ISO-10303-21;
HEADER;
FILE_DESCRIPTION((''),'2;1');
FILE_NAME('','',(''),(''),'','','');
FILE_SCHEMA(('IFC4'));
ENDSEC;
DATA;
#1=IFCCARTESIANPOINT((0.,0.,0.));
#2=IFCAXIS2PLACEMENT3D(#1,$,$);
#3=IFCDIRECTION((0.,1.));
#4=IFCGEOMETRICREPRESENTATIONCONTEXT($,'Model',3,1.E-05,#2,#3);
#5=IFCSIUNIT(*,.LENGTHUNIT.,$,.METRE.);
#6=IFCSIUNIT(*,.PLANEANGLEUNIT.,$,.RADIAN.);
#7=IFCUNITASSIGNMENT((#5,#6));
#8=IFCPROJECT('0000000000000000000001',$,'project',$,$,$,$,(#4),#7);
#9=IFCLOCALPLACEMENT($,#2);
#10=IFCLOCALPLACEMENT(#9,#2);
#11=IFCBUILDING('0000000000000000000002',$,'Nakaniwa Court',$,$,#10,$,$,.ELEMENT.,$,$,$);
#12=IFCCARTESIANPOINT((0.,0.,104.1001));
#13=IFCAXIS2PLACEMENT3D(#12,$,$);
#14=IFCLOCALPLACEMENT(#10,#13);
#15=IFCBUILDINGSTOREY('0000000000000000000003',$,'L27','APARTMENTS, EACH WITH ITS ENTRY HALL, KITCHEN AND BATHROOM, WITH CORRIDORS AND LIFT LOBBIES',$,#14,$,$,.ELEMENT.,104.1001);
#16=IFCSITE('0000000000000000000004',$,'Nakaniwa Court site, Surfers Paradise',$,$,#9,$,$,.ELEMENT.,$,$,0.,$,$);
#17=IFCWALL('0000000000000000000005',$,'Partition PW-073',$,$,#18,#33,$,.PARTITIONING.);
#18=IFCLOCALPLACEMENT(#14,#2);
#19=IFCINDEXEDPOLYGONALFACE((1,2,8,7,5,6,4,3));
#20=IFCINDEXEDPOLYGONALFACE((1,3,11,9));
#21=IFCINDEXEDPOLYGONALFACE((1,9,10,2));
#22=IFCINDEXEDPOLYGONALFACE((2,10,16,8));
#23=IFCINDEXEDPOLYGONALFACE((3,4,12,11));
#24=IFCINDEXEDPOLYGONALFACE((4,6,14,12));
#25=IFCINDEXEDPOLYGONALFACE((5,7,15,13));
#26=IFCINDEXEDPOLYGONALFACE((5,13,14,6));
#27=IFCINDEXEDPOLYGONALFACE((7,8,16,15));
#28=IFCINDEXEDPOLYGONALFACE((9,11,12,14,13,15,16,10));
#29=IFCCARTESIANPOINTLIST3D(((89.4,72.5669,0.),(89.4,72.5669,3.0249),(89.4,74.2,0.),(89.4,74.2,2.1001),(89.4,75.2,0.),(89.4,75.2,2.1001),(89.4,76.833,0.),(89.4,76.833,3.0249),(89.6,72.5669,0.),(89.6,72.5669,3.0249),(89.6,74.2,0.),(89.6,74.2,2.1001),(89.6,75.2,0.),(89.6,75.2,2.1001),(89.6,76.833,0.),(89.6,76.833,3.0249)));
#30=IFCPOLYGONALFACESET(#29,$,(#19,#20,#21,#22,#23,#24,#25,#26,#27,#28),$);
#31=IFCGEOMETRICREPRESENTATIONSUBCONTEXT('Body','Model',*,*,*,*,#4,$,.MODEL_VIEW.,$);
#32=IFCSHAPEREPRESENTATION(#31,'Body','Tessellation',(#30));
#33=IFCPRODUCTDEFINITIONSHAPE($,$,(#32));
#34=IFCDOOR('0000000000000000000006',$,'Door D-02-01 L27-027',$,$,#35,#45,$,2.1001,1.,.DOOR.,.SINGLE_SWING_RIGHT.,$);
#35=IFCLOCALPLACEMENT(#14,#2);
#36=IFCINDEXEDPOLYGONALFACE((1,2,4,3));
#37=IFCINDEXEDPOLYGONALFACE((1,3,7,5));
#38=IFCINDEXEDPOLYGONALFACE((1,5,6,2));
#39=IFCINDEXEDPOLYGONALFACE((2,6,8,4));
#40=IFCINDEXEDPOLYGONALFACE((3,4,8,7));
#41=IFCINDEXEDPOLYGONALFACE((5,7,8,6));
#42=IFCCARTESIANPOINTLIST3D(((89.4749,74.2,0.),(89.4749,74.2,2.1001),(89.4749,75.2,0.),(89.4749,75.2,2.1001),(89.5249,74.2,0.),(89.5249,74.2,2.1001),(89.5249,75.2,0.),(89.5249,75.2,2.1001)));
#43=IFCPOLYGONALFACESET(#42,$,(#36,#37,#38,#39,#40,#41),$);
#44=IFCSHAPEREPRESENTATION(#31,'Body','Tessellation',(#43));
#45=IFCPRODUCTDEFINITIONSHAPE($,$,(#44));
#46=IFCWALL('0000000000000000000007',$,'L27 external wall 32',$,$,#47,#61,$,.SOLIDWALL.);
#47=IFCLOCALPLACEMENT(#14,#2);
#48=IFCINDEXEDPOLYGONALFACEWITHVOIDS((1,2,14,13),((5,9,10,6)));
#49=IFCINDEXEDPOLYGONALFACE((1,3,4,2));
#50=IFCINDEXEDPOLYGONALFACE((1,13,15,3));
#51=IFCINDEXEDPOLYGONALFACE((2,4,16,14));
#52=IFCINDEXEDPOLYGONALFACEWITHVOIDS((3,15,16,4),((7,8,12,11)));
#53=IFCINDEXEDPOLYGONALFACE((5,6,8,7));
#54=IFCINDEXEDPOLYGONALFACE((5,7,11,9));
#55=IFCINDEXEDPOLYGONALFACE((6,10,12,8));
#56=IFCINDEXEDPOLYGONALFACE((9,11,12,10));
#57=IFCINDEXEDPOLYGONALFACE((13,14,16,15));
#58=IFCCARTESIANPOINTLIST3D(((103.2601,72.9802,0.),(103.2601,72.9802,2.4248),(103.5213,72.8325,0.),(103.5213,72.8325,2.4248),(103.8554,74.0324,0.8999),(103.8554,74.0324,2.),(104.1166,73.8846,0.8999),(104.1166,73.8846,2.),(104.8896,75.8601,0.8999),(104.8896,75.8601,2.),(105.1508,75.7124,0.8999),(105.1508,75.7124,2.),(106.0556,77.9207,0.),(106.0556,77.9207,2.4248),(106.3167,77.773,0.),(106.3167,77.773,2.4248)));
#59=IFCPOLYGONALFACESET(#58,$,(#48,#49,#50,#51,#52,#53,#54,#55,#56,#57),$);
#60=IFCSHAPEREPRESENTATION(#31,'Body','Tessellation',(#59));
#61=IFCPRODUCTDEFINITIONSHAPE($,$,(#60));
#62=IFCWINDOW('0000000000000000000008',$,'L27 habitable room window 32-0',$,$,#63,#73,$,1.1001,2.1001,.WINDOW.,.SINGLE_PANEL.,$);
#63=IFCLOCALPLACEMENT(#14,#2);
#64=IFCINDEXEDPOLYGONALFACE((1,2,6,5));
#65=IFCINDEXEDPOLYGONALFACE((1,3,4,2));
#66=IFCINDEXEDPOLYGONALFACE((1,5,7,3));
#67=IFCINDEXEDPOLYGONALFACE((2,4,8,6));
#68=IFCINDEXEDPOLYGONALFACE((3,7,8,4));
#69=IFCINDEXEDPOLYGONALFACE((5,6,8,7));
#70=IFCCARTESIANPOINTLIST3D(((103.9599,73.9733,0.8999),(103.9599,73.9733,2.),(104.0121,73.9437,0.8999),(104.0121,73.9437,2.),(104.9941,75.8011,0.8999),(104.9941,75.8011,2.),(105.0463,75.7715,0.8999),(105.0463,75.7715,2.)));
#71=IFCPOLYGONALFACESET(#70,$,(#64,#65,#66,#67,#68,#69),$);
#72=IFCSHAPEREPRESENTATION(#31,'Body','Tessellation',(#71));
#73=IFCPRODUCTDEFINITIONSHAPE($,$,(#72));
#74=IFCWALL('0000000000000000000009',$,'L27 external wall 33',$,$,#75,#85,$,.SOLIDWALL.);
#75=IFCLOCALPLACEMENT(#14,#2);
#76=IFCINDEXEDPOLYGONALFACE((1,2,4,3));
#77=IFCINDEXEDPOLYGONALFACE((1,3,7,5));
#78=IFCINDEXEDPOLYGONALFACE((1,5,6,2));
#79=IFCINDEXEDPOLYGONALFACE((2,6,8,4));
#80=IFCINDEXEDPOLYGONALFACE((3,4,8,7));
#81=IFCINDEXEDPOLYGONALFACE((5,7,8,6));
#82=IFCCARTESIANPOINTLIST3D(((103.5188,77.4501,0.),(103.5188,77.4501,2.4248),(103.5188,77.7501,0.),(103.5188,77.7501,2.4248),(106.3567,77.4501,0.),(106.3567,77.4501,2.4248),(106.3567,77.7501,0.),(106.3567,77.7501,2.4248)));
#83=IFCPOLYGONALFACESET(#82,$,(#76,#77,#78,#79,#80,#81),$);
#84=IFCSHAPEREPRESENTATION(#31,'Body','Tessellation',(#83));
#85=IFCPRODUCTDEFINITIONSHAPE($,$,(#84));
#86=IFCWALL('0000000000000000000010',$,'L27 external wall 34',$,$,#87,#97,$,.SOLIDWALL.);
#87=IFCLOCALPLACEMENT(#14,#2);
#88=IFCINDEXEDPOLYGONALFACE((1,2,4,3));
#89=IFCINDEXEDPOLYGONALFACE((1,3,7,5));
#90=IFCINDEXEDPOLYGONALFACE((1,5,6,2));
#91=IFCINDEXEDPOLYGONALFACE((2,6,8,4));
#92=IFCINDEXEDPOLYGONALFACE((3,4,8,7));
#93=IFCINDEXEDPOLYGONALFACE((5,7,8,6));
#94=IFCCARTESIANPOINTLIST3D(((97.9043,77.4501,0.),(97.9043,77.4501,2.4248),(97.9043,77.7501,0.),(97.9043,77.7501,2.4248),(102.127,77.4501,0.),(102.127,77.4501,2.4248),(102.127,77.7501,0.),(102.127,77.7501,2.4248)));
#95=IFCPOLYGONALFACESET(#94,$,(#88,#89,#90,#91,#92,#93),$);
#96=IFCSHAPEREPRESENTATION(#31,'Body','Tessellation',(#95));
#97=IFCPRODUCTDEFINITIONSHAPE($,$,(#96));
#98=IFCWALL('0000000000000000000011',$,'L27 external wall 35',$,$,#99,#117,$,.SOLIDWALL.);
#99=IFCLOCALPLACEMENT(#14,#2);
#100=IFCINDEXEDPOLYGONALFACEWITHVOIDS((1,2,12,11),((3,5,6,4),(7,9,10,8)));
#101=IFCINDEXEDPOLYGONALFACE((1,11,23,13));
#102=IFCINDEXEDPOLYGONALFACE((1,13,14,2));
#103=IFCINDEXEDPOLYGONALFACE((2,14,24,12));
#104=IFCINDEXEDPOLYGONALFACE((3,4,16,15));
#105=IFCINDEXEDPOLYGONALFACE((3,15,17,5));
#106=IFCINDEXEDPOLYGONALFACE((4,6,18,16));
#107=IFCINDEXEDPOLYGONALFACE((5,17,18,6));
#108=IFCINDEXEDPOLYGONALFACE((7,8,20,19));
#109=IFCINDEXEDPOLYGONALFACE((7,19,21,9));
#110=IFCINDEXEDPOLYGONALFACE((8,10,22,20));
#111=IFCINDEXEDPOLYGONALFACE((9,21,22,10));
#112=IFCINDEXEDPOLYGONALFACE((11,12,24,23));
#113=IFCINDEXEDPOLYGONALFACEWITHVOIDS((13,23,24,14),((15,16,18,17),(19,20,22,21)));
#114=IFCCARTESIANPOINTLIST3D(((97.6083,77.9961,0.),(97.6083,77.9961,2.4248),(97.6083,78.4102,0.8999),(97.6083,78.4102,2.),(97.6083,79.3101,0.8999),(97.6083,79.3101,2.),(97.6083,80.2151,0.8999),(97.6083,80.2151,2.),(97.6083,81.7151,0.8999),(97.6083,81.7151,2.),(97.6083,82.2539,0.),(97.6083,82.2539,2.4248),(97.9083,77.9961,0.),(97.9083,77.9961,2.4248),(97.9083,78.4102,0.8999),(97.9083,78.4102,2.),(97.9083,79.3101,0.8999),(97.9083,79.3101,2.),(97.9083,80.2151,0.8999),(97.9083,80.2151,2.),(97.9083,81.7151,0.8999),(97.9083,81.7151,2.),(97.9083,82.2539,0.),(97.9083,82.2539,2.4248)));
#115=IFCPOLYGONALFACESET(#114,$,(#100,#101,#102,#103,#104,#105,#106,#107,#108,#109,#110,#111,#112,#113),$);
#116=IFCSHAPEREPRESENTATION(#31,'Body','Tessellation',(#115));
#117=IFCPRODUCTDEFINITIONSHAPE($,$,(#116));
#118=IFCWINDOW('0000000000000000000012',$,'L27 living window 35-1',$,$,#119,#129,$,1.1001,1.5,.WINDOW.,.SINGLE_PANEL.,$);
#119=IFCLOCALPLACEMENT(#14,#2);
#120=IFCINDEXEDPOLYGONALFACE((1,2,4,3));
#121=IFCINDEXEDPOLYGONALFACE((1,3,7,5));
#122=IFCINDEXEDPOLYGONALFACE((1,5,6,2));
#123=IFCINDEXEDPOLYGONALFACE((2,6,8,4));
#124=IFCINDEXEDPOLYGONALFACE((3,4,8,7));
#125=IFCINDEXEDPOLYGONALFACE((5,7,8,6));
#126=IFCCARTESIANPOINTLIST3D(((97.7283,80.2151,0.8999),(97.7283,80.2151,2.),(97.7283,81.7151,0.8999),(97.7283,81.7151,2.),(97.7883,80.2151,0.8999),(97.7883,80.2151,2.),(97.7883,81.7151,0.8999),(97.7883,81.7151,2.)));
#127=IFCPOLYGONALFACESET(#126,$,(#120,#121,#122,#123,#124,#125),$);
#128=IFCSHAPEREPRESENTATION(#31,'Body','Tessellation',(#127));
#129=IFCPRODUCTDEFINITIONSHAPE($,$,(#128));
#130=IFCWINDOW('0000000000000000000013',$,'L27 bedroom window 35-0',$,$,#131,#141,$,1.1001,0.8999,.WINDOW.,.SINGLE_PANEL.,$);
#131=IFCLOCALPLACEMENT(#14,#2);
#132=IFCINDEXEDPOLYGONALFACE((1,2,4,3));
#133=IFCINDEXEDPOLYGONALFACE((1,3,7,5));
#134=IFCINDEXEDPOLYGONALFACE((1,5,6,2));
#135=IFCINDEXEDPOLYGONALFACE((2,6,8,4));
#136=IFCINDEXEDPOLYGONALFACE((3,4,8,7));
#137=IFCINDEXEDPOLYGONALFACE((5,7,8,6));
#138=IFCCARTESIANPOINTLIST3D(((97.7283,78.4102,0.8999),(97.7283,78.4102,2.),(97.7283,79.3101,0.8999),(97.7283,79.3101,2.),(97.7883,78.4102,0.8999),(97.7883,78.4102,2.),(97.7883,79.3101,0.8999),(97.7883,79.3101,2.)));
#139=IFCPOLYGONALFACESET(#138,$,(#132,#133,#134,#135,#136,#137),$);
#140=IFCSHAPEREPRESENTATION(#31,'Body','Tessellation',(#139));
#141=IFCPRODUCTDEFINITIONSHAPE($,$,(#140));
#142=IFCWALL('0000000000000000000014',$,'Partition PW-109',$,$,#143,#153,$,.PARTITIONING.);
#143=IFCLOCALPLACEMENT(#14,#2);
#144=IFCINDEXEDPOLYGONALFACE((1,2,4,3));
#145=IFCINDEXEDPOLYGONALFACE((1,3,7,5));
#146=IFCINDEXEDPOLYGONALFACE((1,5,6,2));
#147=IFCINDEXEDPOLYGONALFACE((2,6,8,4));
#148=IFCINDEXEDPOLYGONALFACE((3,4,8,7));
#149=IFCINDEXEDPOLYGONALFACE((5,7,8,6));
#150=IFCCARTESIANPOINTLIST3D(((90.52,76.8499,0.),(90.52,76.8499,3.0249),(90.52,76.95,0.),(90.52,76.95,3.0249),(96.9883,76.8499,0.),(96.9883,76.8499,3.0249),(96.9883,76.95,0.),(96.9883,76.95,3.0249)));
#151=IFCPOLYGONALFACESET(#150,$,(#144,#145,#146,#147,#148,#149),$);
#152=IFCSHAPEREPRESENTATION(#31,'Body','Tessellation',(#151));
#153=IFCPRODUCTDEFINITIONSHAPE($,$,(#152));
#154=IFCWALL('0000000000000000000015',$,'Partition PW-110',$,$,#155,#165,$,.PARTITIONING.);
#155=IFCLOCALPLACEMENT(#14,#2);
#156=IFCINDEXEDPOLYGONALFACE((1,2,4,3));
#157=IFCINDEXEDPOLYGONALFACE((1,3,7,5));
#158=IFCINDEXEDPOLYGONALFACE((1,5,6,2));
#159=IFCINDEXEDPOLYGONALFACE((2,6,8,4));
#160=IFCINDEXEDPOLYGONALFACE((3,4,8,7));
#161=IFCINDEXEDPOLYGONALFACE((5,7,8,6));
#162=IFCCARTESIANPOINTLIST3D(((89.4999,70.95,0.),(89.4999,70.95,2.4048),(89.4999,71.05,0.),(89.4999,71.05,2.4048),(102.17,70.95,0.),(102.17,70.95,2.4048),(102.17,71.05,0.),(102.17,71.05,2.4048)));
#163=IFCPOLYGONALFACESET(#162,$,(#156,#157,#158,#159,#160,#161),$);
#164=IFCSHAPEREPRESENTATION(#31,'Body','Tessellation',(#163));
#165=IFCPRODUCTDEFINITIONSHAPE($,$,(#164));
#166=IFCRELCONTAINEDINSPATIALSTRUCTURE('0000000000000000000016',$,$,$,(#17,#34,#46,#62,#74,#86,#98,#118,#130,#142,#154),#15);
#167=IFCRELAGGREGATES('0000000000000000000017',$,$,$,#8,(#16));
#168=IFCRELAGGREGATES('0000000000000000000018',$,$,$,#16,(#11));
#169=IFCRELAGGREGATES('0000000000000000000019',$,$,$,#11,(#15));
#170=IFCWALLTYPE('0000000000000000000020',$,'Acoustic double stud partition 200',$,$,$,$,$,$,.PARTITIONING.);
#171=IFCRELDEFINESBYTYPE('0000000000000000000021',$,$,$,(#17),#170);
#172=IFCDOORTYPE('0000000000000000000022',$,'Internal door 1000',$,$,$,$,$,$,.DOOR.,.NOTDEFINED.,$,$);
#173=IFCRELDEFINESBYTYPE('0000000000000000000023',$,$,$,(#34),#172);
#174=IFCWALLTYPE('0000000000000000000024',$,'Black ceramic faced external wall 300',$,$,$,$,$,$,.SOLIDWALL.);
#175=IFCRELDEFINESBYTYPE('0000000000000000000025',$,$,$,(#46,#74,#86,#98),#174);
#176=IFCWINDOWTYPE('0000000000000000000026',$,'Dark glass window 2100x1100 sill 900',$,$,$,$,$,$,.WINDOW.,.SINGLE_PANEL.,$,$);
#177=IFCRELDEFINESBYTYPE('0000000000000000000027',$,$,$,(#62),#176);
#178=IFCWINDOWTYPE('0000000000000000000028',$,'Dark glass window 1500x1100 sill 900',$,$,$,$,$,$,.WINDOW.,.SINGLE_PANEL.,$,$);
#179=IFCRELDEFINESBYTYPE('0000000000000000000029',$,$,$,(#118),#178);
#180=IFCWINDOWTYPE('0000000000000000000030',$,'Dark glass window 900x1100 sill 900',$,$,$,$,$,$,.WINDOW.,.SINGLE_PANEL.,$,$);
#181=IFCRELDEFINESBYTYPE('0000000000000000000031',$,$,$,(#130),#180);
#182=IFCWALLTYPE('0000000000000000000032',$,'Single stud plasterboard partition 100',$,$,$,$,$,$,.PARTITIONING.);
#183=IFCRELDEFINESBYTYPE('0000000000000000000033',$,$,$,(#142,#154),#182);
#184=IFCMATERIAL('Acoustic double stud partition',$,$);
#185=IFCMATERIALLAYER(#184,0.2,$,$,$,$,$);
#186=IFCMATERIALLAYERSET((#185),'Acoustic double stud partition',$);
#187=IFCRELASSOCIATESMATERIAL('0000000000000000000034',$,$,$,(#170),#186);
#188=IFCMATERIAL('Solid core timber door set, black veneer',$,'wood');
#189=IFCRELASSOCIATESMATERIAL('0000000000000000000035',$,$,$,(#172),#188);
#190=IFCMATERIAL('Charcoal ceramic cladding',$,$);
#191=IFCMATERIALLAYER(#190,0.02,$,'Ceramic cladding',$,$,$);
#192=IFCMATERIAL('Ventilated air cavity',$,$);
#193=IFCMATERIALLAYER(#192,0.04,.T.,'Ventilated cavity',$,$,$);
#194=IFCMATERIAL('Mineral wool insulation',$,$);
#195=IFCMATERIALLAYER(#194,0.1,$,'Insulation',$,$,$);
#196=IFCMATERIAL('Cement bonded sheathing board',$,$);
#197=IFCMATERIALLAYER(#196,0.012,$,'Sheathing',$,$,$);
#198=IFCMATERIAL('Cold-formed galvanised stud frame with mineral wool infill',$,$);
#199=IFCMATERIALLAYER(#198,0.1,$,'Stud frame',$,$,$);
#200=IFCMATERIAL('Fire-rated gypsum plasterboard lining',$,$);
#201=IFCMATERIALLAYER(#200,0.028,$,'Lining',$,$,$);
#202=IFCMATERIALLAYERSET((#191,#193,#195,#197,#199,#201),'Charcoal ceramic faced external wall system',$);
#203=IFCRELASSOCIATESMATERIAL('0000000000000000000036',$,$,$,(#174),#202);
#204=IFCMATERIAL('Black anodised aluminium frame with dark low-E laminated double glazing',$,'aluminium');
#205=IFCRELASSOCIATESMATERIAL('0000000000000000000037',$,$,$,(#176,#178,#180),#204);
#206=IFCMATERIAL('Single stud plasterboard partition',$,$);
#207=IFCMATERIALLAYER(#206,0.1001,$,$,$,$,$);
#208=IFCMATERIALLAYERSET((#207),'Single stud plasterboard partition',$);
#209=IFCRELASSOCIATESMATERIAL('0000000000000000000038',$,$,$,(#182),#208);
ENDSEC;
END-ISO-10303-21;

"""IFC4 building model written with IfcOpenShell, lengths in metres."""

from ifc_helpers import new_model, si_unit, direction, frame, frame_2d, origin, place, context, subcontext, project, spatial, rectangle, extrude, material, layer, layer_set, type_object, element, fill, save


model = new_model("IFC4")

# Units and contexts
model_context = context("Model", 3, precision=1e-05, world=origin(), true_north=direction((0.0, 1.0)))
body_context = subcontext(model_context, "Body", "Model", "MODEL_VIEW")
ifc_project = project(units=[si_unit("LENGTHUNIT", "METRE"), si_unit("PLANEANGLEUNIT", "RADIAN")], contexts=[model_context])

# Site, building, storey
site_placement = place(None, origin())
site = spatial("IfcSite", under=ifc_project, at=site_placement, Name="Nakaniwa Court site, Surfers Paradise", CompositionType="ELEMENT", RefElevation=0.0)
building_placement = place(site_placement, origin())
building = spatial("IfcBuilding", under=site, at=building_placement, Name="Nakaniwa Court", CompositionType="ELEMENT")
storey_placement = place(building_placement, frame((0.0, 0.0, 104.1001)))
storey = spatial("IfcBuildingStorey", under=building, at=storey_placement, Name="L27", Description="APARTMENTS, EACH WITH ITS ENTRY HALL, KITCHEN AND BATHROOM, WITH CORRIDORS AND LIFT LOBBIES", CompositionType="ELEMENT", Elevation=104.1001)

# Wall, opening, door
ifc_material_1 = material(Name="Acoustic double stud partition")
ifc_layer_1 = layer(ifc_material_1, 0.2)
ifc_layer_set_1 = layer_set([ifc_layer_1], Name="Acoustic double stud partition")
wall_type_1 = type_object("IfcWallType", Name="Acoustic double stud partition 200", PredefinedType="PARTITIONING", material=ifc_layer_set_1)
ifc_material_2 = material(Name="Solid core timber door set, black veneer", Category="wood")
door_type_1 = type_object("IfcDoorType", Name="Internal door 1000", OperationType="NOTDEFINED", PredefinedType="DOOR", material=ifc_material_2)
wall_1_placement = place(storey_placement, frame((89.5, 76.833, 0.0), z_axis=(0.0, 0.0, 1.0), x_axis=(0.0, -1.0, 0.0)))
wall_1 = element("IfcWall", 1, at=wall_1_placement, inside=storey, type_object=wall_type_1, Name="Partition PW-073", PredefinedType="PARTITIONING", context=body_context, shape_type="SweptSolid", body=[
    extrude(rectangle(XDim=4.2661, YDim=0.2, at=frame_2d((2.1331, 0.0))), origin(), (0.0, 0.0, 1.0), 3.0249),
])
opening_1_placement = place(wall_1_placement, frame((1.6331, 0.0, 0.0)))
opening_1 = element("IfcOpeningElement", 2, at=opening_1_placement, cuts=wall_1, PredefinedType="OPENING", context=body_context, shape_type="SweptSolid", body=[
    extrude(rectangle(XDim=1.0, YDim=2.1001, at=frame_2d((0.5, 1.05))), frame((0.0, 0.1099, 0.0), z_axis=(0.0, -1.0, 0.0), x_axis=(1.0, 0.0, 0.0)), (0.0, 0.0, 1.0), 0.22),
])
door_1_placement = place(opening_1_placement, origin())
door_1 = element("IfcDoor", 3, at=door_1_placement, inside=storey, type_object=door_type_1, Name="Door D-02-01 L27-027", OperationType="SINGLE_SWING_RIGHT", OverallHeight=2.1001, OverallWidth=1.0, PredefinedType="DOOR", context=body_context, shape_type="SweptSolid", body=[
    extrude(rectangle(XDim=1.0, YDim=2.1001, at=frame_2d((0.5, 1.05))), frame((0.0, 0.0249, 0.0), z_axis=(0.0, -1.0, 0.0), x_axis=(1.0, 0.0, 0.0)), (0.0, 0.0, 1.0), 0.05),
])
fill(opening_1, door_1)

# Wall, opening, window
ifc_material_3 = material(Name="Charcoal ceramic cladding")
ifc_layer_2 = layer(ifc_material_3, 0.02, Name="Ceramic cladding")
ifc_material_4 = material(Name="Ventilated air cavity")
ifc_layer_3 = layer(ifc_material_4, 0.04, ventilated=True, Name="Ventilated cavity")
ifc_material_5 = material(Name="Mineral wool insulation")
ifc_layer_4 = layer(ifc_material_5, 0.1, Name="Insulation")
ifc_material_6 = material(Name="Cement bonded sheathing board")
ifc_layer_5 = layer(ifc_material_6, 0.012, Name="Sheathing")
ifc_material_7 = material(Name="Cold-formed galvanised stud frame with mineral wool infill")
ifc_layer_6 = layer(ifc_material_7, 0.1, Name="Stud frame")
ifc_material_8 = material(Name="Fire-rated gypsum plasterboard lining")
ifc_layer_7 = layer(ifc_material_8, 0.028, Name="Lining")
ifc_layer_set_2 = layer_set([ifc_layer_2, ifc_layer_3, ifc_layer_4, ifc_layer_5, ifc_layer_6, ifc_layer_7], Name="Charcoal ceramic faced external wall system")
wall_type_2 = type_object("IfcWallType", Name="Black ceramic faced external wall 300", PredefinedType="SOLIDWALL", material=ifc_layer_set_2)
wall_2_placement = place(storey_placement, frame((103.3906, 72.9062, 0.0), z_axis=(0.0, 0.0, 1.0), x_axis=(0.492457, 0.870337, 0.0)))
wall_2 = element("IfcWall", 4, at=wall_2_placement, inside=storey, type_object=wall_type_2, Name="L27 external wall 32", PredefinedType="SOLIDWALL", context=body_context, shape_type="SweptSolid", body=[
    extrude(rectangle(XDim=5.6765, YDim=0.3, at=frame_2d((2.8384, 0.0))), origin(), (0.0, 0.0, 1.0), 2.4248),
])
opening_2_placement = place(wall_2_placement, frame((1.209, 0.0, 0.8999)))
opening_2 = element("IfcOpeningElement", 5, at=opening_2_placement, cuts=wall_2, PredefinedType="OPENING", context=body_context, shape_type="SweptSolid", body=[
    extrude(rectangle(XDim=2.1001, YDim=1.1001, at=frame_2d((1.05, 0.55))), frame((0.0, 0.1599, 0.0), z_axis=(0.0, -1.0, 0.0), x_axis=(1.0, 0.0, 0.0)), (0.0, 0.0, 1.0), 0.3201),
])
ifc_material_9 = material(Name="Black anodised aluminium frame with dark low-E laminated double glazing", Category="aluminium")
window_type_1 = type_object("IfcWindowType", Name="Dark glass window 2100x1100 sill 900", PartitioningType="SINGLE_PANEL", PredefinedType="WINDOW", material=ifc_material_9)
window_1_placement = place(opening_2_placement, origin())
window_1 = element("IfcWindow", 6, at=window_1_placement, inside=storey, type_object=window_type_1, Name="L27 habitable room window 32-0", OverallHeight=1.1001, OverallWidth=2.1001, PartitioningType="SINGLE_PANEL", PredefinedType="WINDOW", context=body_context, shape_type="SweptSolid", body=[
    extrude(rectangle(XDim=2.1001, YDim=1.1001, at=frame_2d((1.05, 0.55))), frame((0.0, 0.03, 0.0), z_axis=(0.0, -1.0, 0.0), x_axis=(1.0, 0.0, 0.0)), (0.0, 0.0, 1.0), 0.0601),
])
fill(opening_2, window_1)

# Walls
wall_3_placement = place(storey_placement, frame((106.3567, 77.6001, 0.0), z_axis=(0.0, 0.0, 1.0), x_axis=(-1.0, 0.0, 0.0)))
element("IfcWall", 7, at=wall_3_placement, inside=storey, type_object=wall_type_2, Name="L27 external wall 33", PredefinedType="SOLIDWALL", context=body_context, shape_type="SweptSolid", body=[
    extrude(rectangle(XDim=2.8379, YDim=0.3, at=frame_2d((1.4189, 0.0))), origin(), (0.0, 0.0, 1.0), 2.4248),
])
wall_4_placement = place(storey_placement, frame((102.127, 77.6001, 0.0), z_axis=(0.0, 0.0, 1.0), x_axis=(-1.0, 0.0, 0.0)))
element("IfcWall", 8, at=wall_4_placement, inside=storey, type_object=wall_type_2, Name="L27 external wall 34", PredefinedType="SOLIDWALL", context=body_context, shape_type="SweptSolid", body=[
    extrude(rectangle(XDim=4.2227, YDim=0.3, at=frame_2d((2.1113, 0.0))), origin(), (0.0, 0.0, 1.0), 2.4248),
])

# Wall, openings, windows
wall_5_placement = place(storey_placement, frame((97.7583, 77.9961, 0.0), z_axis=(0.0, 0.0, 1.0), x_axis=(0.0, 1.0, 0.0)))
wall_5 = element("IfcWall", 9, at=wall_5_placement, inside=storey, type_object=wall_type_2, Name="L27 external wall 35", PredefinedType="SOLIDWALL", context=body_context, shape_type="SweptSolid", body=[
    extrude(rectangle(XDim=4.2578, YDim=0.3, at=frame_2d((2.1289, 0.0))), origin(), (0.0, 0.0, 1.0), 2.4248),
])
opening_3_placement = place(wall_5_placement, frame((0.4141, 0.0, 0.8999)))
opening_3 = element("IfcOpeningElement", 10, at=opening_3_placement, cuts=wall_5, PredefinedType="OPENING", context=body_context, shape_type="SweptSolid", body=[
    extrude(rectangle(XDim=0.8999, YDim=1.1001, at=frame_2d((0.45, 0.55))), frame((0.0, 0.1599, 0.0), z_axis=(0.0, -1.0, 0.0), x_axis=(1.0, 0.0, 0.0)), (0.0, 0.0, 1.0), 0.3201),
])
opening_4_placement = place(wall_5_placement, frame((2.219, 0.0, 0.8999)))
opening_4 = element("IfcOpeningElement", 11, at=opening_4_placement, cuts=wall_5, PredefinedType="OPENING", context=body_context, shape_type="SweptSolid", body=[
    extrude(rectangle(XDim=1.5, YDim=1.1001, at=frame_2d((0.75, 0.55))), frame((0.0, 0.1599, 0.0), z_axis=(0.0, -1.0, 0.0), x_axis=(1.0, 0.0, 0.0)), (0.0, 0.0, 1.0), 0.3201),
])
window_type_2 = type_object("IfcWindowType", Name="Dark glass window 1500x1100 sill 900", PartitioningType="SINGLE_PANEL", PredefinedType="WINDOW", material=ifc_material_9)
window_2_placement = place(opening_4_placement, origin())
window_2 = element("IfcWindow", 12, at=window_2_placement, inside=storey, type_object=window_type_2, Name="L27 living window 35-1", OverallHeight=1.1001, OverallWidth=1.5, PartitioningType="SINGLE_PANEL", PredefinedType="WINDOW", context=body_context, shape_type="SweptSolid", body=[
    extrude(rectangle(XDim=1.5, YDim=1.1001, at=frame_2d((0.75, 0.55))), frame((0.0, 0.03, 0.0), z_axis=(0.0, -1.0, 0.0), x_axis=(1.0, 0.0, 0.0)), (0.0, 0.0, 1.0), 0.0601),
])
fill(opening_4, window_2)
window_type_3 = type_object("IfcWindowType", Name="Dark glass window 900x1100 sill 900", PartitioningType="SINGLE_PANEL", PredefinedType="WINDOW", material=ifc_material_9)
window_3_placement = place(opening_3_placement, origin())
window_3 = element("IfcWindow", 13, at=window_3_placement, inside=storey, type_object=window_type_3, Name="L27 bedroom window 35-0", OverallHeight=1.1001, OverallWidth=0.8999, PartitioningType="SINGLE_PANEL", PredefinedType="WINDOW", context=body_context, shape_type="SweptSolid", body=[
    extrude(rectangle(XDim=0.8999, YDim=1.1001, at=frame_2d((0.45, 0.55))), frame((0.0, 0.03, 0.0), z_axis=(0.0, -1.0, 0.0), x_axis=(1.0, 0.0, 0.0)), (0.0, 0.0, 1.0), 0.0601),
])
fill(opening_3, window_3)

# Walls
ifc_material_10 = material(Name="Single stud plasterboard partition")
ifc_layer_8 = layer(ifc_material_10, 0.1001)
ifc_layer_set_3 = layer_set([ifc_layer_8], Name="Single stud plasterboard partition")
wall_type_3 = type_object("IfcWallType", Name="Single stud plasterboard partition 100", PredefinedType="PARTITIONING", material=ifc_layer_set_3)
wall_6_placement = place(storey_placement, frame((90.52, 76.8999, 0.0), z_axis=(0.0, 0.0, 1.0), x_axis=(1.0, 0.0, 0.0)))
element("IfcWall", 14, at=wall_6_placement, inside=storey, type_object=wall_type_3, Name="Partition PW-109", PredefinedType="PARTITIONING", context=body_context, shape_type="SweptSolid", body=[
    extrude(rectangle(XDim=6.4683, YDim=0.1001, at=frame_2d((3.2341, 0.0))), origin(), (0.0, 0.0, 1.0), 3.0249),
])
wall_7_placement = place(storey_placement, frame((89.5, 71.0, 0.0), z_axis=(0.0, 0.0, 1.0), x_axis=(1.0, 0.0, 0.0)))
element("IfcWall", 15, at=wall_7_placement, inside=storey, type_object=wall_type_3, Name="Partition PW-110", PredefinedType="PARTITIONING", context=body_context, shape_type="SweptSolid", body=[
    extrude(rectangle(XDim=12.6702, YDim=0.1001, at=frame_2d((6.335, 0.0))), origin(), (0.0, 0.0, 1.0), 2.4048),
])

save(model, "model.ifc")
